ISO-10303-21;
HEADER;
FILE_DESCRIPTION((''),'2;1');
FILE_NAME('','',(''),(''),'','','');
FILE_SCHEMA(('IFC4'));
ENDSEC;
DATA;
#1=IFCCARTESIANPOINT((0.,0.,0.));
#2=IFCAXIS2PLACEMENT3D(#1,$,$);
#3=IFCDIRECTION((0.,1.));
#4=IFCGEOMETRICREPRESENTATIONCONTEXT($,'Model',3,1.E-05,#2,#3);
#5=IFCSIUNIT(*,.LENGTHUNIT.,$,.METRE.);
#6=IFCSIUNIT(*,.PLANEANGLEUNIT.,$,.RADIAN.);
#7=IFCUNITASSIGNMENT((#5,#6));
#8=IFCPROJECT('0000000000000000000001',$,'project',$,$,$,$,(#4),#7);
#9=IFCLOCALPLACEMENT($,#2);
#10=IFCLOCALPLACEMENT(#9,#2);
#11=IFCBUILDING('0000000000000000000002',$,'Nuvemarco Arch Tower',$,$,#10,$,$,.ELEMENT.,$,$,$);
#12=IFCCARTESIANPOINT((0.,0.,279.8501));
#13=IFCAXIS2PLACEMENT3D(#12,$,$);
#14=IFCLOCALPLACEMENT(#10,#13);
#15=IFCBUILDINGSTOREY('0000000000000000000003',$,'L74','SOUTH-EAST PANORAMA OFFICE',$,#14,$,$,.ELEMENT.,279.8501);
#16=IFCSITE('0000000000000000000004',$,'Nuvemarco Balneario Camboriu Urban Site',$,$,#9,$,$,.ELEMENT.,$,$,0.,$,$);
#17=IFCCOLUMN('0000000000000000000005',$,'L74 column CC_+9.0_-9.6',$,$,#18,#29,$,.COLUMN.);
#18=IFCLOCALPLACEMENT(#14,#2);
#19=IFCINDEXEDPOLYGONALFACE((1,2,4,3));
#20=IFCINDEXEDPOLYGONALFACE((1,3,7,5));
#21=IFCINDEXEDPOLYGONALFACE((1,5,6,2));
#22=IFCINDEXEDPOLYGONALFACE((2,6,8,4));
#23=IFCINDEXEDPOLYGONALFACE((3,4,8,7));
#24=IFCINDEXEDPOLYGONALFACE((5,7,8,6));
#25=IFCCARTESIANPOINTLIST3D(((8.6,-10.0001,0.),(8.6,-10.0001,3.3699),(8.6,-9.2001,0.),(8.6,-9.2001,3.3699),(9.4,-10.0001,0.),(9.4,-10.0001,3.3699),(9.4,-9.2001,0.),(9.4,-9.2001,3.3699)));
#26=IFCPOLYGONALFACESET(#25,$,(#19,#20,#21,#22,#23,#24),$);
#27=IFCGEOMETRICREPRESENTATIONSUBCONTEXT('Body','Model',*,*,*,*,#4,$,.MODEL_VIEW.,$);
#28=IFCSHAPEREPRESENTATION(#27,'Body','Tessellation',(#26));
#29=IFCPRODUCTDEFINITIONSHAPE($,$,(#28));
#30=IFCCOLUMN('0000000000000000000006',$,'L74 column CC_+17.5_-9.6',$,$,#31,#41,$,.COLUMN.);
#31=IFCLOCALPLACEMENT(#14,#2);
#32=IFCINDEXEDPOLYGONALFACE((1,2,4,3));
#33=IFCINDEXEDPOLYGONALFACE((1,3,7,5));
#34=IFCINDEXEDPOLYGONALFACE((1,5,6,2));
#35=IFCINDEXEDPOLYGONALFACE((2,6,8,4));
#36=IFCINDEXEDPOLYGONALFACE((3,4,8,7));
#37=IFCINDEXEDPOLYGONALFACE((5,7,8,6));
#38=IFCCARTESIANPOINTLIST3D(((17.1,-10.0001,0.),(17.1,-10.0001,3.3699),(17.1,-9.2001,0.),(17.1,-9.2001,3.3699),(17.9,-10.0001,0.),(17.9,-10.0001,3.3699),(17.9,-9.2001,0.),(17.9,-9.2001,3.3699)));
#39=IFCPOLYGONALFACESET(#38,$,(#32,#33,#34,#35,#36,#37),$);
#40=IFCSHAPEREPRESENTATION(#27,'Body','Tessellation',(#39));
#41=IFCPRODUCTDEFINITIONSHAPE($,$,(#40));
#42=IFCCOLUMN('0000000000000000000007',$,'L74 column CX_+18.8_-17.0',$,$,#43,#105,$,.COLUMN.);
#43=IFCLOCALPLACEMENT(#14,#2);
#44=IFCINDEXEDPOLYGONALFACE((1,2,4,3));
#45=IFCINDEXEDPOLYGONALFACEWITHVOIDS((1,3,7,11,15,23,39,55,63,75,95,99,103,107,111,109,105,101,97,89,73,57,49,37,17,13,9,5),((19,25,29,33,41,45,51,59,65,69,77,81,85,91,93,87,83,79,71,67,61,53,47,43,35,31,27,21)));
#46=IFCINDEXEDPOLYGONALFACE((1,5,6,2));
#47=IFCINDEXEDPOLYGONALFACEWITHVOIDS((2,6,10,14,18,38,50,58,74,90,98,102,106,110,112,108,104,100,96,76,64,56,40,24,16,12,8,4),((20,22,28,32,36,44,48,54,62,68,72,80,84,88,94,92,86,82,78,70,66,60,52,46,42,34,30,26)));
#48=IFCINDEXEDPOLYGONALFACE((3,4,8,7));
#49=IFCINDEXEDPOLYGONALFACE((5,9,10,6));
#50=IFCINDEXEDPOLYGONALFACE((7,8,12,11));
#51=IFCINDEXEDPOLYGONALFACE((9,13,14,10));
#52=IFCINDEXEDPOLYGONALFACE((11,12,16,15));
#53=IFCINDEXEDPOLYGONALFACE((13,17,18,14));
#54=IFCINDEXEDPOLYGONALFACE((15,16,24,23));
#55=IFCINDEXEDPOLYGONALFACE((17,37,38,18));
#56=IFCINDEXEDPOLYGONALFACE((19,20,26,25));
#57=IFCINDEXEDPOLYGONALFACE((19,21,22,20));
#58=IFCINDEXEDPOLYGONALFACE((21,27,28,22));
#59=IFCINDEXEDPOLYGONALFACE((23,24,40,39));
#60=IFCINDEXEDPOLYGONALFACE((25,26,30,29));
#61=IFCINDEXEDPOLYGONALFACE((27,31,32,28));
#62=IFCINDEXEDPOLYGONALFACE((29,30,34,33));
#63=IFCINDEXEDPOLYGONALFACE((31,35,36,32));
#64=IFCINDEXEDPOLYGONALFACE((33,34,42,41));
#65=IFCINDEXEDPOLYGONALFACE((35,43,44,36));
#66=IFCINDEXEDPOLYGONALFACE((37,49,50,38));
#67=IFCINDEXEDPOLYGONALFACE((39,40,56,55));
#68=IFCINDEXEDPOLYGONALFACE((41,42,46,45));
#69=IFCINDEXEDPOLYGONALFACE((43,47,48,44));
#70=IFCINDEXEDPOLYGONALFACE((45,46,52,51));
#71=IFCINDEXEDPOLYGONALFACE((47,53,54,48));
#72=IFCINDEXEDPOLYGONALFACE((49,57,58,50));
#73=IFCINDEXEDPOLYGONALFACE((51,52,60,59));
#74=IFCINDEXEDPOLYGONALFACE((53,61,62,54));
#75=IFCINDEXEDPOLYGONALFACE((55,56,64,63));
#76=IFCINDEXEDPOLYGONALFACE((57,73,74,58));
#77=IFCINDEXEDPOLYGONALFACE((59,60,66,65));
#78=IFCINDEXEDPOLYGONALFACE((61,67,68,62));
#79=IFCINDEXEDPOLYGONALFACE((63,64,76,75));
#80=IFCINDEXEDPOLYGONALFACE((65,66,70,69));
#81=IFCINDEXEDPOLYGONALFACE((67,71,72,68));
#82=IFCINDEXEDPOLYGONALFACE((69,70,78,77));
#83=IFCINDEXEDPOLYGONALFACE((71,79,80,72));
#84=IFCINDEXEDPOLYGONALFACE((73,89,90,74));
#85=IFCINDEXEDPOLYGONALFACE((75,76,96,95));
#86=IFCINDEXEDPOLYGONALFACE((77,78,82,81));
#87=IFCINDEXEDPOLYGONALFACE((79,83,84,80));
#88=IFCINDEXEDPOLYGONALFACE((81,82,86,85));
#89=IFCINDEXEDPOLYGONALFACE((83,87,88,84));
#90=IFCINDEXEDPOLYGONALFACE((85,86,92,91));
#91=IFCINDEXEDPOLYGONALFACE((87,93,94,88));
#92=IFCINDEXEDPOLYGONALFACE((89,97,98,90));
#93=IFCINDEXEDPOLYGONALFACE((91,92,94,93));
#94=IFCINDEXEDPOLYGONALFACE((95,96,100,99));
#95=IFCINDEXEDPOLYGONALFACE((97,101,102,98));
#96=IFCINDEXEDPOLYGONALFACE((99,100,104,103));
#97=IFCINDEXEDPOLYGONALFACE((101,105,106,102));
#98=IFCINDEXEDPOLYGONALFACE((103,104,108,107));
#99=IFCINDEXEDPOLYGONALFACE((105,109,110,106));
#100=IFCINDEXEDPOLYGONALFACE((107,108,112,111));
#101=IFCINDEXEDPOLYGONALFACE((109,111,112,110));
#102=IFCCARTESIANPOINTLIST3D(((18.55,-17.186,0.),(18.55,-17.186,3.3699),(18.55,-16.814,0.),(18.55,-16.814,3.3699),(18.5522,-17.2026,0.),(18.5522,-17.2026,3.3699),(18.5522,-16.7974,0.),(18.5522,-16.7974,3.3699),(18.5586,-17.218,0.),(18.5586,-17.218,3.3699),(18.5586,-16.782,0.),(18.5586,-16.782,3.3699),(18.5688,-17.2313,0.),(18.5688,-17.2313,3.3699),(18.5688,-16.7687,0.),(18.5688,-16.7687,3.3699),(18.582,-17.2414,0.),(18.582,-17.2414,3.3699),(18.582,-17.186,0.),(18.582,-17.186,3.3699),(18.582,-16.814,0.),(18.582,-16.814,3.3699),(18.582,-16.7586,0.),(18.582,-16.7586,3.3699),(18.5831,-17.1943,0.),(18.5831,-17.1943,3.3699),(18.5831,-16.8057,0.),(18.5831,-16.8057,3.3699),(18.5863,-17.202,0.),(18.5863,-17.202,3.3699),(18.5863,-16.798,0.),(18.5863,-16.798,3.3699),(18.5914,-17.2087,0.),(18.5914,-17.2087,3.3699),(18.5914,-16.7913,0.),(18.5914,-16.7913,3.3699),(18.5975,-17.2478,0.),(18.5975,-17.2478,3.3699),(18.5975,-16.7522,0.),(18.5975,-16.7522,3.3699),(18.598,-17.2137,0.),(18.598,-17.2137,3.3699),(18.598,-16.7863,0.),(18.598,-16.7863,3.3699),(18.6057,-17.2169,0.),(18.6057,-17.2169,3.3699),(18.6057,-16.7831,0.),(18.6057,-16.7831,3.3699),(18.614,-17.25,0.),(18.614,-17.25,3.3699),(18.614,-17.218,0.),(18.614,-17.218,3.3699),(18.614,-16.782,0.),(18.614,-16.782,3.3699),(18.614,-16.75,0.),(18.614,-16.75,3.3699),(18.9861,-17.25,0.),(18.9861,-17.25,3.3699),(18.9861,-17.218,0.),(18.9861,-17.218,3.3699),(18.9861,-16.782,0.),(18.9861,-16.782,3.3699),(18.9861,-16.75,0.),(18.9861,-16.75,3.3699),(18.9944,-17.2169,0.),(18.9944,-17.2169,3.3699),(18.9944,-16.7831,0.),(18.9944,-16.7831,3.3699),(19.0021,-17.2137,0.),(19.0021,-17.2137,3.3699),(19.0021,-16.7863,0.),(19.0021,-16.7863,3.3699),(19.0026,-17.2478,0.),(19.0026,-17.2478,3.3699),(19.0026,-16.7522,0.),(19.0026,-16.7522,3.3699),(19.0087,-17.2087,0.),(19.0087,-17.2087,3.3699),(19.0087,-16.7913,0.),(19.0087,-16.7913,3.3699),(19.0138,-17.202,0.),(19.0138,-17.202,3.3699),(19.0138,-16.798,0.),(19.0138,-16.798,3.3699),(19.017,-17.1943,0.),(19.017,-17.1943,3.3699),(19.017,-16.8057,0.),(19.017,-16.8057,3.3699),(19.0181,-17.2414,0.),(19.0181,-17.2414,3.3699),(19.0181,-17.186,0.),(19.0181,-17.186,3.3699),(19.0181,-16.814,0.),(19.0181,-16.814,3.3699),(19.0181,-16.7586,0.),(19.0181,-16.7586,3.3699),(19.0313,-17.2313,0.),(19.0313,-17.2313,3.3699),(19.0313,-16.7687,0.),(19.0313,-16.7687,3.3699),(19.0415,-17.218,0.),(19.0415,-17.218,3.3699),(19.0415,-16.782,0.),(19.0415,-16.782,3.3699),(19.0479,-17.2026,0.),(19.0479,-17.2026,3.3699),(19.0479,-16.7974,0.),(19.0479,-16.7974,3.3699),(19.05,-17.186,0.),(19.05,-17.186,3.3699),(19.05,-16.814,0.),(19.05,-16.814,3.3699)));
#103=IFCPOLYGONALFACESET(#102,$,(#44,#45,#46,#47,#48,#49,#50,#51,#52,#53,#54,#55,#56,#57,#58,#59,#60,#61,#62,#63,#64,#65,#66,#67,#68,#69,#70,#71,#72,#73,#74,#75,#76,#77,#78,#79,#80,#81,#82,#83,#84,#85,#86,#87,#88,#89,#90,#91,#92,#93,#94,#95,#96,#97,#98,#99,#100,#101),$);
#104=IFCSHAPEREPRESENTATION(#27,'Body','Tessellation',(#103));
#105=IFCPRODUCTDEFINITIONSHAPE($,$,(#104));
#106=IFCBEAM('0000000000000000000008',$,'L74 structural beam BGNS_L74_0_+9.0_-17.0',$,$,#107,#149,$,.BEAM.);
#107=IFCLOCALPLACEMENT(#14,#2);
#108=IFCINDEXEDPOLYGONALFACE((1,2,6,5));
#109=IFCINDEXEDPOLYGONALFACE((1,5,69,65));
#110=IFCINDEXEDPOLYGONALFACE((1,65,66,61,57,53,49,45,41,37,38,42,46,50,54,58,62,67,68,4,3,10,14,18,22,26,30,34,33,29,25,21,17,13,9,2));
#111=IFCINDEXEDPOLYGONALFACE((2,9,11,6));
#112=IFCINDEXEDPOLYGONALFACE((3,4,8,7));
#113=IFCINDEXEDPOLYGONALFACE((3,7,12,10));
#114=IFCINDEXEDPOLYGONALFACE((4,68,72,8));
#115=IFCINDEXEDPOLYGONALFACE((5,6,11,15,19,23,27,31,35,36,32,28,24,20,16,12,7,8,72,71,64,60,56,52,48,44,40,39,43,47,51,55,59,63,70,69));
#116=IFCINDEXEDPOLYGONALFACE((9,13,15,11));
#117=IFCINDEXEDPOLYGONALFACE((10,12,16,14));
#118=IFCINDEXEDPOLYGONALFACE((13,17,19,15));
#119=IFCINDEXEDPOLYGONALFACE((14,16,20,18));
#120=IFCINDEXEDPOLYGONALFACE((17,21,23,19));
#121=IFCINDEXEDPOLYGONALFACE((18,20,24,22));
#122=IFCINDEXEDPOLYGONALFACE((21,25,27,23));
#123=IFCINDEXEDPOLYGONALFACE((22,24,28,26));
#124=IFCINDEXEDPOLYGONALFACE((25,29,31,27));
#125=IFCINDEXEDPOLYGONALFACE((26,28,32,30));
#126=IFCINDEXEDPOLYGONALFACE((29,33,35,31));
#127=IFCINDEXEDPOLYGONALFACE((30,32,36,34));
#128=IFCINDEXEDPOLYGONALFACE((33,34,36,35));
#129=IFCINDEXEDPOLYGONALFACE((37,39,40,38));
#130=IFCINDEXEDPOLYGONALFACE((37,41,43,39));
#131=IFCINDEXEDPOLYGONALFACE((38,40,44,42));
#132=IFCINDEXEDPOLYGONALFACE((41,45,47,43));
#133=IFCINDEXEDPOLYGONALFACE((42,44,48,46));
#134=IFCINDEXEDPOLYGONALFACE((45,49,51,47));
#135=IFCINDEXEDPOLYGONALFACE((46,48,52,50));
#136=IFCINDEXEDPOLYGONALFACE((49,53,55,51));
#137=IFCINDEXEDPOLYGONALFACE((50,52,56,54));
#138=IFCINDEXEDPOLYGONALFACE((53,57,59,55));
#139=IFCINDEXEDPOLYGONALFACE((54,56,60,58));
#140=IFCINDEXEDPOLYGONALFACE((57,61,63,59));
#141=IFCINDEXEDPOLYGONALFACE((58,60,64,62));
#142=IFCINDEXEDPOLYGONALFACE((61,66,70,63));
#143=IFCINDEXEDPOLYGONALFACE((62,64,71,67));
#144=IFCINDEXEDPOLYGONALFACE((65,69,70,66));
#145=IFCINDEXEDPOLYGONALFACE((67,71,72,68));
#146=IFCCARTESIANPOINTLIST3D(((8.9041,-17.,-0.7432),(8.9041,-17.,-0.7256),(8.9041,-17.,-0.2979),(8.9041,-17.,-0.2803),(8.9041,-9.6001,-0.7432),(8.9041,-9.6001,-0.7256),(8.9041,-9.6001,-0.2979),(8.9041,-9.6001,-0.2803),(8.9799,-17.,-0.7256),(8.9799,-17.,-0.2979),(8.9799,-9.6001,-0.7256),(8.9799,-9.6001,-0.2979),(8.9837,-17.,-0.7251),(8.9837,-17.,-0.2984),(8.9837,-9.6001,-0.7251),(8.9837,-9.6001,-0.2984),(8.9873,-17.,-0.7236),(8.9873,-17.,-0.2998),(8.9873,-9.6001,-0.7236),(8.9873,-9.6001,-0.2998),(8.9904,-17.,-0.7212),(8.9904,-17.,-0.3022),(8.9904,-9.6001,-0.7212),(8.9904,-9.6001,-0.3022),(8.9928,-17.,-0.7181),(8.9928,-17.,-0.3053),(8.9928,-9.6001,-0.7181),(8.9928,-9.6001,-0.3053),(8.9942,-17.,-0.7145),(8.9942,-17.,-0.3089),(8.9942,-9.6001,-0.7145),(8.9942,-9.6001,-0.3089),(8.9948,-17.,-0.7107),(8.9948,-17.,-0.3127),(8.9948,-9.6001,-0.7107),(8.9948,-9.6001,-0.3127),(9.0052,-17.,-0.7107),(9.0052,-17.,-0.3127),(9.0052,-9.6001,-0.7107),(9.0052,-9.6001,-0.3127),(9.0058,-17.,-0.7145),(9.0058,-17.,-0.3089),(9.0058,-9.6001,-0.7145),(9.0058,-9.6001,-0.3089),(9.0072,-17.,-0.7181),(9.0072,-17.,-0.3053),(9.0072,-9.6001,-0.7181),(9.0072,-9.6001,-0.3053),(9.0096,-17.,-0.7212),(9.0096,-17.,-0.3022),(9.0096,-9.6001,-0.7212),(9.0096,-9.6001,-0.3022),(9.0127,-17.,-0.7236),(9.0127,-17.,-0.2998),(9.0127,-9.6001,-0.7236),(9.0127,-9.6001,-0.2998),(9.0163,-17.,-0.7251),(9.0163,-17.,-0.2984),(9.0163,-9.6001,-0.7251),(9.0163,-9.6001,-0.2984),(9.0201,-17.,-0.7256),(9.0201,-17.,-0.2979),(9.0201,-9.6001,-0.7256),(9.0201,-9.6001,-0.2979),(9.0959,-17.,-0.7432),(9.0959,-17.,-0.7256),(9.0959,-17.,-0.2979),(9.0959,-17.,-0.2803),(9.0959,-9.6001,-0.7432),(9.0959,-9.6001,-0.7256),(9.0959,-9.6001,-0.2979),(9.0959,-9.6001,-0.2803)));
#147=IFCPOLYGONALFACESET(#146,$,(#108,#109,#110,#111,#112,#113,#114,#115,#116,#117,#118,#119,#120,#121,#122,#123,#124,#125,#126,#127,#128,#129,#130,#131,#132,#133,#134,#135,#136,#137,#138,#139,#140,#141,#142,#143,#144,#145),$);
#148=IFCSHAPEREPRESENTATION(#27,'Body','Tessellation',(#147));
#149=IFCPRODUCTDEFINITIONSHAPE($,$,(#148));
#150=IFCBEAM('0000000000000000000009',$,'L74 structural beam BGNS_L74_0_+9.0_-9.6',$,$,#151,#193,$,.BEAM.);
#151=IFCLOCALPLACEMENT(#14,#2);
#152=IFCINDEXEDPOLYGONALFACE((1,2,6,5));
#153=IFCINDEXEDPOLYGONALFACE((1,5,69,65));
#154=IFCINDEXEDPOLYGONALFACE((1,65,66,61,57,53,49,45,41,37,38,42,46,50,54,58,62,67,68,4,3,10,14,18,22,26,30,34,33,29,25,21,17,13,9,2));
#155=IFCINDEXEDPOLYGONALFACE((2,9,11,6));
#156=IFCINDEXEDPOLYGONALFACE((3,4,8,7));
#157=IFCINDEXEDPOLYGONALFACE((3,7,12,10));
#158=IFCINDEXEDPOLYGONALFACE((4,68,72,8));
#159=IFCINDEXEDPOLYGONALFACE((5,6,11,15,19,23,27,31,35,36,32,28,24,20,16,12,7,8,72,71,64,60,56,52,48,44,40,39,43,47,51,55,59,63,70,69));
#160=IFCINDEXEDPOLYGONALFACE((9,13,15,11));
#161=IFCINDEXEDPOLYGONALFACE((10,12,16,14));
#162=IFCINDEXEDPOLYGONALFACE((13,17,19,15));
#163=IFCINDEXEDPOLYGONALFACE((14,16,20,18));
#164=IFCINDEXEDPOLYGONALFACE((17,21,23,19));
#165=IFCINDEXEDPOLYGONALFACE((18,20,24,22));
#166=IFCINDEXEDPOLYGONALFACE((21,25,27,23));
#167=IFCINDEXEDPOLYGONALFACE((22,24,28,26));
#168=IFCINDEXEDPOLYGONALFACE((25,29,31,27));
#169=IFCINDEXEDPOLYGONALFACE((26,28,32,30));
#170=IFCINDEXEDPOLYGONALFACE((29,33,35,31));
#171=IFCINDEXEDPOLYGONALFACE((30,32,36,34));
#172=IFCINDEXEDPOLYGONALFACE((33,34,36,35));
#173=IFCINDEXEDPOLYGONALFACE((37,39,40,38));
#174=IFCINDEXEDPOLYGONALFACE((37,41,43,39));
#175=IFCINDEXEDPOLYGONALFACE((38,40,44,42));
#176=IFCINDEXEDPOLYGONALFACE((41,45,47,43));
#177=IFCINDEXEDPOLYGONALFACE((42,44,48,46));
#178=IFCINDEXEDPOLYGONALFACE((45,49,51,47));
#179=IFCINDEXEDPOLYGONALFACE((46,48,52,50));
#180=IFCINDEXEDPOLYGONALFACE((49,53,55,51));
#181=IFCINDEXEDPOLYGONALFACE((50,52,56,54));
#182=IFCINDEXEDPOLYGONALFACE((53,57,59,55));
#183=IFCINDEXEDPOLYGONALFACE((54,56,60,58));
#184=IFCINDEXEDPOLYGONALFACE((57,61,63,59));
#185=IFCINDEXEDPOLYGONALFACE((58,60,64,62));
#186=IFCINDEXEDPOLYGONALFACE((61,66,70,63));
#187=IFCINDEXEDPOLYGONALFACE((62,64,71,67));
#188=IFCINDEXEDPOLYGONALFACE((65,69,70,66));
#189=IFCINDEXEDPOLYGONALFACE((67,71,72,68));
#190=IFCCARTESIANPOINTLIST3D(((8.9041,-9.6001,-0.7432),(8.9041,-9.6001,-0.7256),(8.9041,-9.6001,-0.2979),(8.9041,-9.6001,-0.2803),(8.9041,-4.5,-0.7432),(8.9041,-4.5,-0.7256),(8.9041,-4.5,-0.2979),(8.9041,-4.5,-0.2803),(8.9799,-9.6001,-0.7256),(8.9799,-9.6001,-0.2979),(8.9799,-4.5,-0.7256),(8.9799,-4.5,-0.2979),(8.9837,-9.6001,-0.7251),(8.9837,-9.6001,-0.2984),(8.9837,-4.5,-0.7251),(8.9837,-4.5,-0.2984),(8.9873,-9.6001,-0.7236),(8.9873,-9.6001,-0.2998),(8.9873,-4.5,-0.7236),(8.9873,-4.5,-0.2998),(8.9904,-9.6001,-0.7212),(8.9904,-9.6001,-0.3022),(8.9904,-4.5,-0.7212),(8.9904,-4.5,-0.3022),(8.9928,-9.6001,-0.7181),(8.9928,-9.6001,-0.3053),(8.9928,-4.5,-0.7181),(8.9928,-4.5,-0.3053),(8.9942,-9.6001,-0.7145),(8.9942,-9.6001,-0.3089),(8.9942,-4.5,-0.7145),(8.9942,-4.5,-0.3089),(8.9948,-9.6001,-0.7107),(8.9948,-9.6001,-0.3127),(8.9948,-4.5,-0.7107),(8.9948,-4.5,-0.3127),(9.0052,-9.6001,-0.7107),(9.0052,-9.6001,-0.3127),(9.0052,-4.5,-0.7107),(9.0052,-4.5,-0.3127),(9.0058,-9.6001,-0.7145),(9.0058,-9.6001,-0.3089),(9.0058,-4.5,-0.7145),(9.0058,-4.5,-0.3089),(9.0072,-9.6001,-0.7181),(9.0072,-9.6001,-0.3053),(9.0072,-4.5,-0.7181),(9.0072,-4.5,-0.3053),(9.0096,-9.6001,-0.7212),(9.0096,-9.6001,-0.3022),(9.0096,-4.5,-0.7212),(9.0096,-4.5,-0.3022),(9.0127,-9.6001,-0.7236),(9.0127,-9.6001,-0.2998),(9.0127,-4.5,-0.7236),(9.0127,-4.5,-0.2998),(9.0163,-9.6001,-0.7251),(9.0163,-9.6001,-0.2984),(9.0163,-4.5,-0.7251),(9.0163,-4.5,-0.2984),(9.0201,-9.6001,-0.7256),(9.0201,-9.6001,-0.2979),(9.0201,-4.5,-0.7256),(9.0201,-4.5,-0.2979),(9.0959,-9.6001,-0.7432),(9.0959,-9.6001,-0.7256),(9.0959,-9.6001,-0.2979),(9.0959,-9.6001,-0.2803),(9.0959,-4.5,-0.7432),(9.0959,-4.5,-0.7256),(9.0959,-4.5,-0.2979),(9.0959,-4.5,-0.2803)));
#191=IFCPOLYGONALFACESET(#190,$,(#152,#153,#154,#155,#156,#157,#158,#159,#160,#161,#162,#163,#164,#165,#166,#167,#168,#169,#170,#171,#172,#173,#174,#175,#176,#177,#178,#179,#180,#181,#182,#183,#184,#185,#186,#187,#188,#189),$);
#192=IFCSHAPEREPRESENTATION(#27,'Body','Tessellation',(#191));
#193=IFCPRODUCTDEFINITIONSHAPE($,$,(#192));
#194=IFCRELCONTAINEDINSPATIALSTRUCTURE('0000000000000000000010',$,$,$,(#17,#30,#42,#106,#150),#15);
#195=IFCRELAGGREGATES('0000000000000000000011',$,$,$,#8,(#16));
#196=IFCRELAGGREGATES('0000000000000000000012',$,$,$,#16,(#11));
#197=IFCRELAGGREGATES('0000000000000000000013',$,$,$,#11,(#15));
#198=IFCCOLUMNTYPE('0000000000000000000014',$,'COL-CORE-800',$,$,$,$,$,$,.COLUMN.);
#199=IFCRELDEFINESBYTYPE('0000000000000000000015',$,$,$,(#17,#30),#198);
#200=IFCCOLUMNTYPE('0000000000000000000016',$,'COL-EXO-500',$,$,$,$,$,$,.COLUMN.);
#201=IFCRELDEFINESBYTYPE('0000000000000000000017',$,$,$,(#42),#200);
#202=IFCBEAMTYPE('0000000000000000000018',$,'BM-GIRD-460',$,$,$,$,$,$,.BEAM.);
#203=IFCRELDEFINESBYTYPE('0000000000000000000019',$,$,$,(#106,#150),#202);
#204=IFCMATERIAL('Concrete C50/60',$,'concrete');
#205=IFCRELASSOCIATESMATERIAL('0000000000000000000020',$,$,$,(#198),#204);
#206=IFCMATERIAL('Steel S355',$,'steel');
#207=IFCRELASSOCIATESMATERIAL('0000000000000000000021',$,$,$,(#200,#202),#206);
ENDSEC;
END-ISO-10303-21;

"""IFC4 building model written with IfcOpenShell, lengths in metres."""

from ifc_helpers import new_model, si_unit, direction, frame, origin, origin_2d, place, context, subcontext, project, spatial, rectangle, hollow_rectangle, i_section, extrude, material, material_profile, profile_set, type_object, element, save


model = new_model("IFC4")

# Units and contexts
model_context = context("Model", 3, precision=1e-05, world=origin(), true_north=direction((0.0, 1.0)))
body_context = subcontext(model_context, "Body", "Model", "MODEL_VIEW")
ifc_project = project(units=[si_unit("LENGTHUNIT", "METRE"), si_unit("PLANEANGLEUNIT", "RADIAN")], contexts=[model_context])

# Site, building, storey
site_placement = place(None, origin())
site = spatial("IfcSite", under=ifc_project, at=site_placement, Name="Nuvemarco Balneario Camboriu Urban Site", CompositionType="ELEMENT", RefElevation=0.0)
building_placement = place(site_placement, origin())
building = spatial("IfcBuilding", under=site, at=building_placement, Name="Nuvemarco Arch Tower", CompositionType="ELEMENT")
storey_placement = place(building_placement, frame((0.0, 0.0, 279.8501)))
storey = spatial("IfcBuildingStorey", under=building, at=storey_placement, Name="L74", Description="SOUTH-EAST PANORAMA OFFICE", CompositionType="ELEMENT", Elevation=279.8501)

# Columns
ifc_material_1 = material(Name="Concrete C50/60", Category="concrete")
ifc_material_profile_1 = material_profile(ifc_material_1, rectangle(XDim=0.8, YDim=0.8, at=origin_2d()), Name="RC-COL-800x800")
ifc_profile_set_1 = profile_set([ifc_material_profile_1], Name="Concrete C50/60")
column_type_1 = type_object("IfcColumnType", Name="COL-CORE-800", PredefinedType="COLUMN", material=ifc_profile_set_1)
for number, where, z_axis, x_axis, name in (
    (1, (9.0, -9.6001, 0.0), (0.0, 0.0, 1.0), (1.0, 0.0, 0.0), "L74 column CC_+9.0_-9.6"),
    (2, (17.5, -9.6001, 0.0), (0.0, 0.0, 1.0), (1.0, 0.0, 0.0), "L74 column CC_+17.5_-9.6"),
):
    element("IfcColumn", number, at=place(storey_placement, frame(where, z_axis=z_axis, x_axis=x_axis)), inside=storey, type_object=column_type_1, Name=name, PredefinedType="COLUMN", context=body_context, shape_type="SweptSolid", body=[
        extrude(rectangle(XDim=0.8, YDim=0.8, at=origin_2d()), origin(), (0.0, 0.0, 1.0), 3.3699),
    ])
ifc_material_2 = material(Name="Steel S355", Category="steel")
ifc_material_profile_2 = material_profile(ifc_material_2, hollow_rectangle(XDim=0.5, YDim=0.5, WallThickness=0.032, InnerFilletRadius=0.032, OuterFilletRadius=0.064, at=origin_2d()), Name="SHS500x500x32")
ifc_profile_set_2 = profile_set([ifc_material_profile_2], Name="Steel S355")
column_type_2 = type_object("IfcColumnType", Name="COL-EXO-500", PredefinedType="COLUMN", material=ifc_profile_set_2)
column_placement = place(storey_placement, frame((18.8, -17.0, 0.0), z_axis=(0.0, 0.0, 1.0), x_axis=(1.0, 0.0, 0.0)))
element("IfcColumn", 3, at=column_placement, inside=storey, type_object=column_type_2, Name="L74 column CX_+18.8_-17.0", PredefinedType="COLUMN", context=body_context, shape_type="SweptSolid", body=[
    extrude(hollow_rectangle(XDim=0.5, YDim=0.5, WallThickness=0.032, InnerFilletRadius=0.032, OuterFilletRadius=0.064, at=origin_2d()), origin(), (0.0, 0.0, 1.0), 3.3699),
])

# Beams
ifc_material_profile_3 = material_profile(ifc_material_2, i_section(OverallWidth=0.1919, OverallDepth=0.4629, WebThickness=0.0105, FlangeThickness=0.0176, FilletRadius=0.0149, at=origin_2d()), Name="W460x89")
ifc_profile_set_3 = profile_set([ifc_material_profile_3], Name="Steel S355")
beam_type_1 = type_object("IfcBeamType", Name="BM-GIRD-460", PredefinedType="BEAM", material=ifc_profile_set_3)
beam_1_placement = place(storey_placement, frame((9.0, -17.0, -0.5117), z_axis=(0.0, 1.0, 0.0), x_axis=(-1.0, 0.0, 0.0)))
element("IfcBeam", 4, at=beam_1_placement, inside=storey, type_object=beam_type_1, Name="L74 structural beam BGNS_L74_0_+9.0_-17.0", PredefinedType="BEAM", context=body_context, shape_type="SweptSolid", body=[
    extrude(i_section(OverallWidth=0.1919, OverallDepth=0.4629, WebThickness=0.0105, FlangeThickness=0.0176, FilletRadius=0.0149, at=origin_2d()), origin(), (0.0, 0.0, 1.0), 7.3999),
])
beam_2_placement = place(storey_placement, frame((9.0, -9.6001, -0.5117), z_axis=(0.0, 1.0, 0.0), x_axis=(-1.0, 0.0, 0.0)))
element("IfcBeam", 5, at=beam_2_placement, inside=storey, type_object=beam_type_1, Name="L74 structural beam BGNS_L74_0_+9.0_-9.6", PredefinedType="BEAM", context=body_context, shape_type="SweptSolid", body=[
    extrude(i_section(OverallWidth=0.1919, OverallDepth=0.4629, WebThickness=0.0105, FlangeThickness=0.0176, FilletRadius=0.0149, at=origin_2d()), origin(), (0.0, 0.0, 1.0), 5.1001),
])

save(model, "model.ifc")
